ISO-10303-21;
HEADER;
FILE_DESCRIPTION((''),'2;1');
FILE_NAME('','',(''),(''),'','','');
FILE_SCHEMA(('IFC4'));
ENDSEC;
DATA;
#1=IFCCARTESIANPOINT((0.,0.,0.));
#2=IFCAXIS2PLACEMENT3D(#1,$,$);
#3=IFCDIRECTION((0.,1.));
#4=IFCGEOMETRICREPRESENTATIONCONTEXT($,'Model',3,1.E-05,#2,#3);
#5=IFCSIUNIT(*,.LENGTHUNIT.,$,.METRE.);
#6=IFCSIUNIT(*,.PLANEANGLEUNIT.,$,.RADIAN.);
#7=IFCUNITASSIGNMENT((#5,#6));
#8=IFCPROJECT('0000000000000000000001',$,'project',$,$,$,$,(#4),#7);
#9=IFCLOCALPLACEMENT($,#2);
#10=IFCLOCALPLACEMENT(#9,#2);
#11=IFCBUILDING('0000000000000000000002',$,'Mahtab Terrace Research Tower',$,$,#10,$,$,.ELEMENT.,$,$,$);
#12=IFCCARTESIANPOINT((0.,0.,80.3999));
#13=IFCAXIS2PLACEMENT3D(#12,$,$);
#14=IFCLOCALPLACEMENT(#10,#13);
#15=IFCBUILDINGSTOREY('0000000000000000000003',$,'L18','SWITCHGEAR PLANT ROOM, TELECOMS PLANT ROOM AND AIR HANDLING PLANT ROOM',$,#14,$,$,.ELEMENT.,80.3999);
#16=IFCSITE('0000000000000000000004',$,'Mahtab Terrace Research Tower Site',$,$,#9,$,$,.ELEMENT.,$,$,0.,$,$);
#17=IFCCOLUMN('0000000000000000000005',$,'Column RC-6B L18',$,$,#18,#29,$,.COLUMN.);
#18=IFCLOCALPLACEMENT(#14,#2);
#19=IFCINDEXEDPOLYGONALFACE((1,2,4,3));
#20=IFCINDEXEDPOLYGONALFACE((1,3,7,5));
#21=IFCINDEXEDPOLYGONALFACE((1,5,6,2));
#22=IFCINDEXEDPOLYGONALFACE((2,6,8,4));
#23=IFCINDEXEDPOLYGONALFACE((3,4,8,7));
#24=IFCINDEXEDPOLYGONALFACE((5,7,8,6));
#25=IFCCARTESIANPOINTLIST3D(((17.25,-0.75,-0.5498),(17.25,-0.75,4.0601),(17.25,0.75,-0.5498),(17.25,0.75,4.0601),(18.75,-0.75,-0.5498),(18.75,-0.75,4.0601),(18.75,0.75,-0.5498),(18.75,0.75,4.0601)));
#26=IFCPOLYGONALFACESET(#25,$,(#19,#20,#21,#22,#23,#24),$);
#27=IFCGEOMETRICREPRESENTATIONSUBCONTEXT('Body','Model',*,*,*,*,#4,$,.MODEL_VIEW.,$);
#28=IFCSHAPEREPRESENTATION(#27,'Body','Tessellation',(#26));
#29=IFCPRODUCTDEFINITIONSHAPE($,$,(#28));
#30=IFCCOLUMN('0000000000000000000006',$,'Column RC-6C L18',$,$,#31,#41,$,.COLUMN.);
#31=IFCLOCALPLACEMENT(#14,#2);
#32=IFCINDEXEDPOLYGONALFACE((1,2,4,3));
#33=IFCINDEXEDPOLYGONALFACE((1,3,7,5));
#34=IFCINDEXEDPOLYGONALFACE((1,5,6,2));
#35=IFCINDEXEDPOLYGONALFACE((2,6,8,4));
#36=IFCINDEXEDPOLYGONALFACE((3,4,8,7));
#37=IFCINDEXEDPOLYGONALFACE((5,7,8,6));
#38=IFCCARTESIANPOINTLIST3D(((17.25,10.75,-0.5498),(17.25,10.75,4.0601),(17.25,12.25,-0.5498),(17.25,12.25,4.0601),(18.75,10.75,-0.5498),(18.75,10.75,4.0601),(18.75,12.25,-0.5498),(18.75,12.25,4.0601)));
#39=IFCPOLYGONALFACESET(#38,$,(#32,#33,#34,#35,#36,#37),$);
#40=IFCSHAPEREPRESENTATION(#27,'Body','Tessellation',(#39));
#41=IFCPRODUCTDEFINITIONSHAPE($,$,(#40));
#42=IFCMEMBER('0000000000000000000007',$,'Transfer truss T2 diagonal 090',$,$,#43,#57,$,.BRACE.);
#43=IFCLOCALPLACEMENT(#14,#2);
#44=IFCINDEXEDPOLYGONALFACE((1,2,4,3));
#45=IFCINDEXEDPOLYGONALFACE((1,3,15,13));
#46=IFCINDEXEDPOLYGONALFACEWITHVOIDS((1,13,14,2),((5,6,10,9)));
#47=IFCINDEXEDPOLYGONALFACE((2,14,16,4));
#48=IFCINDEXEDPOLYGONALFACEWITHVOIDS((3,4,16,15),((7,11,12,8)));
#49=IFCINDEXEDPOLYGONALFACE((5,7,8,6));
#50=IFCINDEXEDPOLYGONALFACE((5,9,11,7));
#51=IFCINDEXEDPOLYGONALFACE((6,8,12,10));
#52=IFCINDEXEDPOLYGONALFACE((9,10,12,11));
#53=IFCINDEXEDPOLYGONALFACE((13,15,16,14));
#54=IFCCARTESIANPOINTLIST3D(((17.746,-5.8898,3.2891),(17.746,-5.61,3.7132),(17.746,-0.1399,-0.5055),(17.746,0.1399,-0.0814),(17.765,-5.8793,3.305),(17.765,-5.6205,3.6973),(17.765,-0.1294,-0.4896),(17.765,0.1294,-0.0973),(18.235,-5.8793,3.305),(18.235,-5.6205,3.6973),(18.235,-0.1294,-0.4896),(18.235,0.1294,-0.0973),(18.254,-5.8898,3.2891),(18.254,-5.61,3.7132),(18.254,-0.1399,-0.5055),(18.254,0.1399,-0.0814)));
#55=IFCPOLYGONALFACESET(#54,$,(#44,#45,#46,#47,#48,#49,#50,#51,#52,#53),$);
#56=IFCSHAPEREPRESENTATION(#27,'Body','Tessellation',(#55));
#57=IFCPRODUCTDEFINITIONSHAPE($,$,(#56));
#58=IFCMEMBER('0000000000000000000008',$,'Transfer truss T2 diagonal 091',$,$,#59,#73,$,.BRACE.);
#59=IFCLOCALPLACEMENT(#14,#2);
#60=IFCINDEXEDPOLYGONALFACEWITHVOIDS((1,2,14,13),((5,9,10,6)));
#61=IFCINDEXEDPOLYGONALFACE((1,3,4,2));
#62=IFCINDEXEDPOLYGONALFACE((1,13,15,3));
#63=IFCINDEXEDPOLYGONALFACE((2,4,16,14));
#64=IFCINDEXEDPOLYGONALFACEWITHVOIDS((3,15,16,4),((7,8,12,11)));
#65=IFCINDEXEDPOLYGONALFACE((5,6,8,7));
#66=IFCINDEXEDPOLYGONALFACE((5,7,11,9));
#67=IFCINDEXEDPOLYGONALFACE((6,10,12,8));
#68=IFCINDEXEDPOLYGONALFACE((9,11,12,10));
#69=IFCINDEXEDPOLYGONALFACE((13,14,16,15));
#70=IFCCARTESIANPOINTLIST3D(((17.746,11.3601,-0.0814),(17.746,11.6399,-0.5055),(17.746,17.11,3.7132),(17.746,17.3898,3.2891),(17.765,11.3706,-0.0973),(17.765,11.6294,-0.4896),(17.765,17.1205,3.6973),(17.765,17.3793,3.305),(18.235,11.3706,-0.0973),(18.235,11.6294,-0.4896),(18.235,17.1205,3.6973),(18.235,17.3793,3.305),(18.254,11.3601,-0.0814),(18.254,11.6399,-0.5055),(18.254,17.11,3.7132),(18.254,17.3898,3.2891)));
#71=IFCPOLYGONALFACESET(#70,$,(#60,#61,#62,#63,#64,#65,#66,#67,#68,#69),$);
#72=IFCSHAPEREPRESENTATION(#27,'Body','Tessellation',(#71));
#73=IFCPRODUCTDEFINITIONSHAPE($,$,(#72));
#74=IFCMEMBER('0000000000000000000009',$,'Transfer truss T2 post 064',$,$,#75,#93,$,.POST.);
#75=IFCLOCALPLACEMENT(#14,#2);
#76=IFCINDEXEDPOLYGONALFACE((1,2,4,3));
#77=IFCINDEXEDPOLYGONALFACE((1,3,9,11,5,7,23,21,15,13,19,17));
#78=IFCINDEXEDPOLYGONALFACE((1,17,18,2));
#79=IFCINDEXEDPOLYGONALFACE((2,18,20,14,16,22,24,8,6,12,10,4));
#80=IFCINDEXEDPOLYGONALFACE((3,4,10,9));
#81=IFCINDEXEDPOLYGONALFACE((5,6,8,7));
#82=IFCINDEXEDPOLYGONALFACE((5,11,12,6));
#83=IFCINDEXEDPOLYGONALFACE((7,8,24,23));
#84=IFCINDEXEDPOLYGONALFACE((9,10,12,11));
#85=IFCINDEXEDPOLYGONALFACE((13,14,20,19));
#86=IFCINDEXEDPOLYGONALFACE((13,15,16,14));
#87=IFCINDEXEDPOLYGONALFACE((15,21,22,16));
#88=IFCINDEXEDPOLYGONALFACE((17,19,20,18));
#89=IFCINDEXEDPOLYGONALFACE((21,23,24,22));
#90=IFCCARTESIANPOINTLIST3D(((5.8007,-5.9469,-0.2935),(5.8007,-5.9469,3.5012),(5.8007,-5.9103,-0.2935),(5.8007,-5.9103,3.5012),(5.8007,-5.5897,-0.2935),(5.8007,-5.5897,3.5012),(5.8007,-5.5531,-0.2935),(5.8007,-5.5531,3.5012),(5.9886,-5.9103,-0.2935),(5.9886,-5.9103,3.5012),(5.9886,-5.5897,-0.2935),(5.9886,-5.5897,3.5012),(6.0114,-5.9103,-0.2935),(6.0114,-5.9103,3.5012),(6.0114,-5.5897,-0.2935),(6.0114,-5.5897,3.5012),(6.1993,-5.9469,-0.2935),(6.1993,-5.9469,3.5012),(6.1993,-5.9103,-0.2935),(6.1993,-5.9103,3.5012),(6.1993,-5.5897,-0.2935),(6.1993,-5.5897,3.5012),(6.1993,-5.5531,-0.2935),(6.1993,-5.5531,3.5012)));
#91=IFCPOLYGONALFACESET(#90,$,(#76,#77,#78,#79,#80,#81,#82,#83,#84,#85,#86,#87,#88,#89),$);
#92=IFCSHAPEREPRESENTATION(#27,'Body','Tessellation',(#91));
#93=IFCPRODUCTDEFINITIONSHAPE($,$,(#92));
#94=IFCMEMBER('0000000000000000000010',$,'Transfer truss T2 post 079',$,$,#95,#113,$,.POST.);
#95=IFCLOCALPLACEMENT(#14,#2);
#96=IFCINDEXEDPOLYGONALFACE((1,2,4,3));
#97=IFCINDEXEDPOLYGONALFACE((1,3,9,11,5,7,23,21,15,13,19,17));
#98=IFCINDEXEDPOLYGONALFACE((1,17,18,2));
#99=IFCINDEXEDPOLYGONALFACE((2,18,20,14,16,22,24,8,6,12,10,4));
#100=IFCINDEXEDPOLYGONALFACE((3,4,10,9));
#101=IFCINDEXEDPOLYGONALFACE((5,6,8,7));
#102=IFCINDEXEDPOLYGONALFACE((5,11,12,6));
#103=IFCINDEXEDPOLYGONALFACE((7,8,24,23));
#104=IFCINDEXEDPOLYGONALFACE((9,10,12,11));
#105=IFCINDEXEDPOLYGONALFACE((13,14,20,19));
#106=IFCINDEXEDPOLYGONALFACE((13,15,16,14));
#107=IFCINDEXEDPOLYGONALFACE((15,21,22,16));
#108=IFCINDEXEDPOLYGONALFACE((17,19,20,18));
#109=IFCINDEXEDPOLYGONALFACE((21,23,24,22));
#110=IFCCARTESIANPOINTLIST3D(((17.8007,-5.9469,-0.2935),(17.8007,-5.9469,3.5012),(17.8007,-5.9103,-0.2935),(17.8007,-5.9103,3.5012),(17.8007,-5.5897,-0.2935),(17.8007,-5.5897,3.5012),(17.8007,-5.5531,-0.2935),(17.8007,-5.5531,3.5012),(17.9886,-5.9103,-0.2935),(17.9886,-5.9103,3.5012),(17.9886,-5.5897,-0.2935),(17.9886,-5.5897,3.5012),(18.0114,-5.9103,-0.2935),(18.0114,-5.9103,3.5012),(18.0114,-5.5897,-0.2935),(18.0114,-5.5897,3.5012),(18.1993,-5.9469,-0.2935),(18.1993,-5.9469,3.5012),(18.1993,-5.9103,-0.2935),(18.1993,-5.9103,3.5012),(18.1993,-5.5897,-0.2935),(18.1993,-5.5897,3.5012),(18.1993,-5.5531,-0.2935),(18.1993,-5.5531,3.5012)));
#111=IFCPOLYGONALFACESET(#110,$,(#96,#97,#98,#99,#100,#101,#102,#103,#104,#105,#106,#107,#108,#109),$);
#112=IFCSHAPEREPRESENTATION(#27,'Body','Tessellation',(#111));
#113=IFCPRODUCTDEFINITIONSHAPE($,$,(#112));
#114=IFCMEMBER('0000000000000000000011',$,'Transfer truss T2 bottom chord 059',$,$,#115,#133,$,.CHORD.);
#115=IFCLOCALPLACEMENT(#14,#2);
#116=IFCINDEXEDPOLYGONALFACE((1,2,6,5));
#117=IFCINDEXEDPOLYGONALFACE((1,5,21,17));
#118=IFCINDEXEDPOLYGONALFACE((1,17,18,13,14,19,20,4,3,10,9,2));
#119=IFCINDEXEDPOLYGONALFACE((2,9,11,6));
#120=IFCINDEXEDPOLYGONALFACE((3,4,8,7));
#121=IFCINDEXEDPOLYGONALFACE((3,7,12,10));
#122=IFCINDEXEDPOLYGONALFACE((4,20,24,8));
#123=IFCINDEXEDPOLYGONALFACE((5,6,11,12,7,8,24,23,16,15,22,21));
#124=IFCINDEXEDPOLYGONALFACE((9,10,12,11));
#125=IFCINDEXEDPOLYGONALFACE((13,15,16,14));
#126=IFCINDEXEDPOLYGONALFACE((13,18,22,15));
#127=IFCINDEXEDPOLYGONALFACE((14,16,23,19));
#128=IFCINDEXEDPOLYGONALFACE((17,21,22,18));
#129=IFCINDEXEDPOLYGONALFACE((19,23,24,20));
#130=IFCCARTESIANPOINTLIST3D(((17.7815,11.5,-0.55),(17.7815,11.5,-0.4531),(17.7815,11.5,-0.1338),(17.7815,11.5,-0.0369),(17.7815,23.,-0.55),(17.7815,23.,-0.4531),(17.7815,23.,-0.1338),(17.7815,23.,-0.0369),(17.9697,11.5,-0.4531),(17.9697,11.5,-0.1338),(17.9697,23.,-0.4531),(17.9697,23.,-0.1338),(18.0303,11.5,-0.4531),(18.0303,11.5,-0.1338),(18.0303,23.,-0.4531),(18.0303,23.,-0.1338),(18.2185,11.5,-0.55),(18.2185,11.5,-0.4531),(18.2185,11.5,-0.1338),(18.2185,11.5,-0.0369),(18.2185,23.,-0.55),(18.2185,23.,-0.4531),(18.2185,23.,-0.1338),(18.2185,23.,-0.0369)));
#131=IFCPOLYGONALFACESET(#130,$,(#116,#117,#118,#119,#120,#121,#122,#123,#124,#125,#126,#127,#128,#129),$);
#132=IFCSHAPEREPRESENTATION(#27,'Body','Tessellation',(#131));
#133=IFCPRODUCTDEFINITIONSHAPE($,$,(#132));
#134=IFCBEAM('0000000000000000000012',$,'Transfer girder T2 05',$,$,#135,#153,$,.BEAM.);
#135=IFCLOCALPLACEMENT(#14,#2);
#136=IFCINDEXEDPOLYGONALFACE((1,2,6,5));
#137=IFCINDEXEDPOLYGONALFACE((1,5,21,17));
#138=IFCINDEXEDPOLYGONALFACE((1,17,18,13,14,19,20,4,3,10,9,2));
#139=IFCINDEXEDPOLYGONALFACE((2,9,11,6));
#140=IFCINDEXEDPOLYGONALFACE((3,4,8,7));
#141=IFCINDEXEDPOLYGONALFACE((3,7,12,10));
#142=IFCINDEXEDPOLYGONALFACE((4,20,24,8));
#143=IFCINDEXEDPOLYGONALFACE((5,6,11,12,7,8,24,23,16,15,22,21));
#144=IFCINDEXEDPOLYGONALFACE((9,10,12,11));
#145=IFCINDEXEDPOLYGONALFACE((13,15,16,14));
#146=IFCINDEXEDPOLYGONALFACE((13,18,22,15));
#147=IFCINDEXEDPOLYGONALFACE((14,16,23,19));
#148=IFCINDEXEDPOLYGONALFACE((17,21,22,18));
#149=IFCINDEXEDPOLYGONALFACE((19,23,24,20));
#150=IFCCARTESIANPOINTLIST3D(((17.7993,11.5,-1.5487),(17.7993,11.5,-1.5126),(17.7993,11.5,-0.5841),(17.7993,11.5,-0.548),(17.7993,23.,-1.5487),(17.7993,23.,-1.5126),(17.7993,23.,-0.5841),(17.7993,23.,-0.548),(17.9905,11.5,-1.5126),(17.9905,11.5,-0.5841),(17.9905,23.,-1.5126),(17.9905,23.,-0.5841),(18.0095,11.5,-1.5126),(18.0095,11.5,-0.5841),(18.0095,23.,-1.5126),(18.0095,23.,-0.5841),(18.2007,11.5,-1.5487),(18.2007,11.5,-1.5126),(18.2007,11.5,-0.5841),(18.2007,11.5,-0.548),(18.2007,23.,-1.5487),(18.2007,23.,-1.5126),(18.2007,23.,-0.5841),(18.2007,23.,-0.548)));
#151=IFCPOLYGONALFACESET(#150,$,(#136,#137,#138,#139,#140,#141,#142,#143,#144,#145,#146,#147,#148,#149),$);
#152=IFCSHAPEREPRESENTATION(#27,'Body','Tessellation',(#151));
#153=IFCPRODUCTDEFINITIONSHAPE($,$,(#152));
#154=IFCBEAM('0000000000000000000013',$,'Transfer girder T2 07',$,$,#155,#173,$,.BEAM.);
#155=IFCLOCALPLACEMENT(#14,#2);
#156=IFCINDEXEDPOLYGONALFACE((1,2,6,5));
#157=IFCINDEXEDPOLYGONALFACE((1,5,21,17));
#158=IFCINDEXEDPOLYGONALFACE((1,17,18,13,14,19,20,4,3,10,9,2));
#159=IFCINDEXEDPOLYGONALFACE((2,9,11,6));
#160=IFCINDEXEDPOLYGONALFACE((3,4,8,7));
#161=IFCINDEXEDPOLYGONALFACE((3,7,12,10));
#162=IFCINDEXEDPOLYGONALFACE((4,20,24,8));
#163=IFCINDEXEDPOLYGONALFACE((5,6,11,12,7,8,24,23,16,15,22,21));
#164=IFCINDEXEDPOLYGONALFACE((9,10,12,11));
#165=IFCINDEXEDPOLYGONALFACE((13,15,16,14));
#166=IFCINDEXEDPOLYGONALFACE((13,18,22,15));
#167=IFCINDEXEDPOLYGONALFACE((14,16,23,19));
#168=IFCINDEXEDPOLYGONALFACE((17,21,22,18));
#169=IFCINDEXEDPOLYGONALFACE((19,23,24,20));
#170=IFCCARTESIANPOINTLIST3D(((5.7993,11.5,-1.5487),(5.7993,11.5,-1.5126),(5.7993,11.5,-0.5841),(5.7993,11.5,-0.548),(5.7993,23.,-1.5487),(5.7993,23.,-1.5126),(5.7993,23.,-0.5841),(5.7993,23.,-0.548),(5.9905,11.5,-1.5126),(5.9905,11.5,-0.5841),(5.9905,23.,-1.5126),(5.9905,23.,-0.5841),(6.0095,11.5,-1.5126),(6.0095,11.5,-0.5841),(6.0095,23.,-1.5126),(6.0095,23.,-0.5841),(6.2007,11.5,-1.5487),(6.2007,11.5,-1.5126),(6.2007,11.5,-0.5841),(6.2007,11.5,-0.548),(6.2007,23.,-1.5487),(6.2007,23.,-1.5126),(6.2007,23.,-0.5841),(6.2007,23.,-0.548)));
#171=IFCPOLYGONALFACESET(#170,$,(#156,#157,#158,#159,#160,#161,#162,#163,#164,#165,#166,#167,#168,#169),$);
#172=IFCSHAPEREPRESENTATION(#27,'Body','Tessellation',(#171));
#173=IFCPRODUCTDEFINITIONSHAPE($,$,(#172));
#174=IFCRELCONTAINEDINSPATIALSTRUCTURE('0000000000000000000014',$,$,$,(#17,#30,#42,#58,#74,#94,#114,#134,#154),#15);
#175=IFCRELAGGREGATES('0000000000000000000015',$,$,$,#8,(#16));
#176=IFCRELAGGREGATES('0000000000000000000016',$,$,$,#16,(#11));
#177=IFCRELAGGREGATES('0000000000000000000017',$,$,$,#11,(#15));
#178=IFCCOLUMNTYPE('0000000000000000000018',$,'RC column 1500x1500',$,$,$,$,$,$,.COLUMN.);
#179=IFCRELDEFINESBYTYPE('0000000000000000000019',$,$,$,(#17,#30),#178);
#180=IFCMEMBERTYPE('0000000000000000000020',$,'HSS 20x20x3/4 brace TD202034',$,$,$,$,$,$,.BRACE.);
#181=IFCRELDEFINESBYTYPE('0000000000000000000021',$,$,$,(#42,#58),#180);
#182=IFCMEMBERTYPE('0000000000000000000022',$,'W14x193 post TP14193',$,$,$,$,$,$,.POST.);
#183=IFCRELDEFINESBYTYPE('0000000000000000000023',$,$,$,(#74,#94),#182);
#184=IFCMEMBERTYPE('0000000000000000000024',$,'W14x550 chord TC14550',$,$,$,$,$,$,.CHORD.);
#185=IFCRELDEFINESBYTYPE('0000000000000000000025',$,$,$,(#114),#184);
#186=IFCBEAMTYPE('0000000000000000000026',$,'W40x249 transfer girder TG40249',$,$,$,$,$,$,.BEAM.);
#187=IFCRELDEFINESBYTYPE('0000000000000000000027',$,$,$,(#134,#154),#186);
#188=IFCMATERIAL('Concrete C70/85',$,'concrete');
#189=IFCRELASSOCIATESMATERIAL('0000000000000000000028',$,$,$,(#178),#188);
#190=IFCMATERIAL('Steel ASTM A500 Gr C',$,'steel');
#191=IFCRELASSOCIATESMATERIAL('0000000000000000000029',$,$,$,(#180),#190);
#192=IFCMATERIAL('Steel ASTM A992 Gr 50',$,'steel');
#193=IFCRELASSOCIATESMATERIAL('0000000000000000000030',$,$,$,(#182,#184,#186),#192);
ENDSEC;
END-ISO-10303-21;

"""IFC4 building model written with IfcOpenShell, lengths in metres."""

from ifc_helpers import new_model, si_unit, direction, frame, origin, origin_2d, place, context, subcontext, project, spatial, rectangle, hollow_rectangle, i_section, extrude, material, material_profile, profile_set, type_object, element, save


model = new_model("IFC4")

# Units and contexts
model_context = context("Model", 3, precision=1e-05, world=origin(), true_north=direction((0.0, 1.0)))
body_context = subcontext(model_context, "Body", "Model", "MODEL_VIEW")
ifc_project = project(units=[si_unit("LENGTHUNIT", "METRE"), si_unit("PLANEANGLEUNIT", "RADIAN")], contexts=[model_context])

# Site, building, storey
site_placement = place(None, origin())
site = spatial("IfcSite", under=ifc_project, at=site_placement, Name="Mahtab Terrace Research Tower Site", CompositionType="ELEMENT", RefElevation=0.0)
building_placement = place(site_placement, origin())
building = spatial("IfcBuilding", under=site, at=building_placement, Name="Mahtab Terrace Research Tower", CompositionType="ELEMENT")
storey_placement = place(building_placement, frame((0.0, 0.0, 80.3999)))
storey = spatial("IfcBuildingStorey", under=building, at=storey_placement, Name="L18", Description="SWITCHGEAR PLANT ROOM, TELECOMS PLANT ROOM AND AIR HANDLING PLANT ROOM", CompositionType="ELEMENT", Elevation=80.3999)

# Columns
ifc_material_1 = material(Name="Concrete C70/85", Category="concrete")
ifc_material_profile_1 = material_profile(ifc_material_1, rectangle(XDim=1.5, YDim=1.5, at=origin_2d()), Name="RC column 1500x1500")
ifc_profile_set_1 = profile_set([ifc_material_profile_1], Name="Concrete C70/85")
column_type = type_object("IfcColumnType", Name="RC column 1500x1500", PredefinedType="COLUMN", material=ifc_profile_set_1)
for number, where, z_axis, x_axis, name in (
    (1, (18.0, 0.0, -0.5498), (0.0, 0.0, 1.0), (1.0, 0.0, 0.0), "Column RC-6B L18"),
    (2, (18.0, 11.5, -0.5498), (0.0, 0.0, 1.0), (1.0, 0.0, 0.0), "Column RC-6C L18"),
):
    element("IfcColumn", number, at=place(storey_placement, frame(where, z_axis=z_axis, x_axis=x_axis)), inside=storey, type_object=column_type, Name=name, PredefinedType="COLUMN", context=body_context, shape_type="SweptSolid", body=[
        extrude(rectangle(XDim=1.5, YDim=1.5, at=origin_2d()), origin(), (0.0, 0.0, 1.0), 4.6099),
    ])

# Members
ifc_material_2 = material(Name="Steel ASTM A500 Gr C", Category="steel")
ifc_material_profile_2 = material_profile(ifc_material_2, hollow_rectangle(XDim=0.5081, YDim=0.5081, WallThickness=0.019, at=origin_2d()), Name="HSS20X20X3/4")
ifc_profile_set_2 = profile_set([ifc_material_profile_2], Name="Steel ASTM A500 Gr C")
member_type_1 = type_object("IfcMemberType", Name="HSS 20x20x3/4 brace TD202034", PredefinedType="BRACE", material=ifc_profile_set_2)
for number, where, z_axis, x_axis, name in (
    (3, (18.0, 0.0, -0.2935), (0.0, -0.834631, 0.55081), (1.0, 0.0, 0.0), "Transfer truss T2 diagonal 090"),
    (4, (18.0, 11.5, -0.2935), (0.0, 0.834631, 0.55081), (-1.0, 0.0, 0.0), "Transfer truss T2 diagonal 091"),
):
    element("IfcMember", number, at=place(storey_placement, frame(where, z_axis=z_axis, x_axis=x_axis)), inside=storey, type_object=member_type_1, Name=name, PredefinedType="BRACE", context=body_context, shape_type="SweptSolid", body=[
        extrude(hollow_rectangle(XDim=0.5081, YDim=0.5081, WallThickness=0.019, at=origin_2d()), origin(), (0.0, 0.0, 1.0), 6.8892),
    ])
ifc_material_3 = material(Name="Steel ASTM A992 Gr 50", Category="steel")
ifc_material_profile_3 = material_profile(ifc_material_3, i_section(OverallWidth=0.3987, OverallDepth=0.3938, WebThickness=0.0227, FlangeThickness=0.0366, at=origin_2d()), Name="W14X193")
ifc_profile_set_3 = profile_set([ifc_material_profile_3], Name="Steel ASTM A992 Gr 50")
member_type_2 = type_object("IfcMemberType", Name="W14x193 post TP14193", PredefinedType="POST", material=ifc_profile_set_3)
for number, where, z_axis, x_axis, name in (
    (5, (6.0, -5.75, -0.2935), (0.0, 0.0, 1.0), (1.0, 0.0, 0.0), "Transfer truss T2 post 064"),
    (6, (18.0, -5.75, -0.2935), (0.0, 0.0, 1.0), (1.0, 0.0, 0.0), "Transfer truss T2 post 079"),
):
    element("IfcMember", number, at=place(storey_placement, frame(where, z_axis=z_axis, x_axis=x_axis)), inside=storey, type_object=member_type_2, Name=name, PredefinedType="POST", context=body_context, shape_type="SweptSolid", body=[
        extrude(i_section(OverallWidth=0.3987, OverallDepth=0.3938, WebThickness=0.0227, FlangeThickness=0.0366, at=origin_2d()), origin(), (0.0, 0.0, 1.0), 3.7947),
    ])
ifc_material_profile_4 = material_profile(ifc_material_3, i_section(OverallWidth=0.437, OverallDepth=0.5132, WebThickness=0.0605, FlangeThickness=0.0969, at=origin_2d()), Name="W14X550")
ifc_profile_set_4 = profile_set([ifc_material_profile_4], Name="Steel ASTM A992 Gr 50")
member_type_3 = type_object("IfcMemberType", Name="W14x550 chord TC14550", PredefinedType="CHORD", material=ifc_profile_set_4)
member_placement = place(storey_placement, frame((18.0, 11.5, -0.2935), z_axis=(0.0, 1.0, 0.0), x_axis=(-1.0, 0.0, 0.0)))
element("IfcMember", 7, at=member_placement, inside=storey, type_object=member_type_3, Name="Transfer truss T2 bottom chord 059", PredefinedType="CHORD", context=body_context, shape_type="SweptSolid", body=[
    extrude(i_section(OverallWidth=0.437, OverallDepth=0.5132, WebThickness=0.0605, FlangeThickness=0.0969, at=origin_2d()), origin(), (0.0, 0.0, 1.0), 11.5),
])

# Beams
ifc_material_profile_5 = material_profile(ifc_material_3, i_section(OverallWidth=0.4014, OverallDepth=1.0007, WebThickness=0.019, FlangeThickness=0.0361, at=origin_2d()), Name="W40X249")
ifc_profile_set_5 = profile_set([ifc_material_profile_5], Name="Steel ASTM A992 Gr 50")
beam_type = type_object("IfcBeamType", Name="W40x249 transfer girder TG40249", PredefinedType="BEAM", material=ifc_profile_set_5)
for number, where, z_axis, x_axis, name in (
    (8, (18.0, 11.5, -1.0483), (0.0, 1.0, 0.0), (-1.0, 0.0, 0.0), "Transfer girder T2 05"),
    (9, (6.0, 11.5, -1.0483), (0.0, 1.0, 0.0), (-1.0, 0.0, 0.0), "Transfer girder T2 07"),
):
    element("IfcBeam", number, at=place(storey_placement, frame(where, z_axis=z_axis, x_axis=x_axis)), inside=storey, type_object=beam_type, Name=name, PredefinedType="BEAM", context=body_context, shape_type="SweptSolid", body=[
        extrude(i_section(OverallWidth=0.4014, OverallDepth=1.0007, WebThickness=0.019, FlangeThickness=0.0361, at=origin_2d()), origin(), (0.0, 0.0, 1.0), 11.5),
    ])

save(model, "model.ifc")
